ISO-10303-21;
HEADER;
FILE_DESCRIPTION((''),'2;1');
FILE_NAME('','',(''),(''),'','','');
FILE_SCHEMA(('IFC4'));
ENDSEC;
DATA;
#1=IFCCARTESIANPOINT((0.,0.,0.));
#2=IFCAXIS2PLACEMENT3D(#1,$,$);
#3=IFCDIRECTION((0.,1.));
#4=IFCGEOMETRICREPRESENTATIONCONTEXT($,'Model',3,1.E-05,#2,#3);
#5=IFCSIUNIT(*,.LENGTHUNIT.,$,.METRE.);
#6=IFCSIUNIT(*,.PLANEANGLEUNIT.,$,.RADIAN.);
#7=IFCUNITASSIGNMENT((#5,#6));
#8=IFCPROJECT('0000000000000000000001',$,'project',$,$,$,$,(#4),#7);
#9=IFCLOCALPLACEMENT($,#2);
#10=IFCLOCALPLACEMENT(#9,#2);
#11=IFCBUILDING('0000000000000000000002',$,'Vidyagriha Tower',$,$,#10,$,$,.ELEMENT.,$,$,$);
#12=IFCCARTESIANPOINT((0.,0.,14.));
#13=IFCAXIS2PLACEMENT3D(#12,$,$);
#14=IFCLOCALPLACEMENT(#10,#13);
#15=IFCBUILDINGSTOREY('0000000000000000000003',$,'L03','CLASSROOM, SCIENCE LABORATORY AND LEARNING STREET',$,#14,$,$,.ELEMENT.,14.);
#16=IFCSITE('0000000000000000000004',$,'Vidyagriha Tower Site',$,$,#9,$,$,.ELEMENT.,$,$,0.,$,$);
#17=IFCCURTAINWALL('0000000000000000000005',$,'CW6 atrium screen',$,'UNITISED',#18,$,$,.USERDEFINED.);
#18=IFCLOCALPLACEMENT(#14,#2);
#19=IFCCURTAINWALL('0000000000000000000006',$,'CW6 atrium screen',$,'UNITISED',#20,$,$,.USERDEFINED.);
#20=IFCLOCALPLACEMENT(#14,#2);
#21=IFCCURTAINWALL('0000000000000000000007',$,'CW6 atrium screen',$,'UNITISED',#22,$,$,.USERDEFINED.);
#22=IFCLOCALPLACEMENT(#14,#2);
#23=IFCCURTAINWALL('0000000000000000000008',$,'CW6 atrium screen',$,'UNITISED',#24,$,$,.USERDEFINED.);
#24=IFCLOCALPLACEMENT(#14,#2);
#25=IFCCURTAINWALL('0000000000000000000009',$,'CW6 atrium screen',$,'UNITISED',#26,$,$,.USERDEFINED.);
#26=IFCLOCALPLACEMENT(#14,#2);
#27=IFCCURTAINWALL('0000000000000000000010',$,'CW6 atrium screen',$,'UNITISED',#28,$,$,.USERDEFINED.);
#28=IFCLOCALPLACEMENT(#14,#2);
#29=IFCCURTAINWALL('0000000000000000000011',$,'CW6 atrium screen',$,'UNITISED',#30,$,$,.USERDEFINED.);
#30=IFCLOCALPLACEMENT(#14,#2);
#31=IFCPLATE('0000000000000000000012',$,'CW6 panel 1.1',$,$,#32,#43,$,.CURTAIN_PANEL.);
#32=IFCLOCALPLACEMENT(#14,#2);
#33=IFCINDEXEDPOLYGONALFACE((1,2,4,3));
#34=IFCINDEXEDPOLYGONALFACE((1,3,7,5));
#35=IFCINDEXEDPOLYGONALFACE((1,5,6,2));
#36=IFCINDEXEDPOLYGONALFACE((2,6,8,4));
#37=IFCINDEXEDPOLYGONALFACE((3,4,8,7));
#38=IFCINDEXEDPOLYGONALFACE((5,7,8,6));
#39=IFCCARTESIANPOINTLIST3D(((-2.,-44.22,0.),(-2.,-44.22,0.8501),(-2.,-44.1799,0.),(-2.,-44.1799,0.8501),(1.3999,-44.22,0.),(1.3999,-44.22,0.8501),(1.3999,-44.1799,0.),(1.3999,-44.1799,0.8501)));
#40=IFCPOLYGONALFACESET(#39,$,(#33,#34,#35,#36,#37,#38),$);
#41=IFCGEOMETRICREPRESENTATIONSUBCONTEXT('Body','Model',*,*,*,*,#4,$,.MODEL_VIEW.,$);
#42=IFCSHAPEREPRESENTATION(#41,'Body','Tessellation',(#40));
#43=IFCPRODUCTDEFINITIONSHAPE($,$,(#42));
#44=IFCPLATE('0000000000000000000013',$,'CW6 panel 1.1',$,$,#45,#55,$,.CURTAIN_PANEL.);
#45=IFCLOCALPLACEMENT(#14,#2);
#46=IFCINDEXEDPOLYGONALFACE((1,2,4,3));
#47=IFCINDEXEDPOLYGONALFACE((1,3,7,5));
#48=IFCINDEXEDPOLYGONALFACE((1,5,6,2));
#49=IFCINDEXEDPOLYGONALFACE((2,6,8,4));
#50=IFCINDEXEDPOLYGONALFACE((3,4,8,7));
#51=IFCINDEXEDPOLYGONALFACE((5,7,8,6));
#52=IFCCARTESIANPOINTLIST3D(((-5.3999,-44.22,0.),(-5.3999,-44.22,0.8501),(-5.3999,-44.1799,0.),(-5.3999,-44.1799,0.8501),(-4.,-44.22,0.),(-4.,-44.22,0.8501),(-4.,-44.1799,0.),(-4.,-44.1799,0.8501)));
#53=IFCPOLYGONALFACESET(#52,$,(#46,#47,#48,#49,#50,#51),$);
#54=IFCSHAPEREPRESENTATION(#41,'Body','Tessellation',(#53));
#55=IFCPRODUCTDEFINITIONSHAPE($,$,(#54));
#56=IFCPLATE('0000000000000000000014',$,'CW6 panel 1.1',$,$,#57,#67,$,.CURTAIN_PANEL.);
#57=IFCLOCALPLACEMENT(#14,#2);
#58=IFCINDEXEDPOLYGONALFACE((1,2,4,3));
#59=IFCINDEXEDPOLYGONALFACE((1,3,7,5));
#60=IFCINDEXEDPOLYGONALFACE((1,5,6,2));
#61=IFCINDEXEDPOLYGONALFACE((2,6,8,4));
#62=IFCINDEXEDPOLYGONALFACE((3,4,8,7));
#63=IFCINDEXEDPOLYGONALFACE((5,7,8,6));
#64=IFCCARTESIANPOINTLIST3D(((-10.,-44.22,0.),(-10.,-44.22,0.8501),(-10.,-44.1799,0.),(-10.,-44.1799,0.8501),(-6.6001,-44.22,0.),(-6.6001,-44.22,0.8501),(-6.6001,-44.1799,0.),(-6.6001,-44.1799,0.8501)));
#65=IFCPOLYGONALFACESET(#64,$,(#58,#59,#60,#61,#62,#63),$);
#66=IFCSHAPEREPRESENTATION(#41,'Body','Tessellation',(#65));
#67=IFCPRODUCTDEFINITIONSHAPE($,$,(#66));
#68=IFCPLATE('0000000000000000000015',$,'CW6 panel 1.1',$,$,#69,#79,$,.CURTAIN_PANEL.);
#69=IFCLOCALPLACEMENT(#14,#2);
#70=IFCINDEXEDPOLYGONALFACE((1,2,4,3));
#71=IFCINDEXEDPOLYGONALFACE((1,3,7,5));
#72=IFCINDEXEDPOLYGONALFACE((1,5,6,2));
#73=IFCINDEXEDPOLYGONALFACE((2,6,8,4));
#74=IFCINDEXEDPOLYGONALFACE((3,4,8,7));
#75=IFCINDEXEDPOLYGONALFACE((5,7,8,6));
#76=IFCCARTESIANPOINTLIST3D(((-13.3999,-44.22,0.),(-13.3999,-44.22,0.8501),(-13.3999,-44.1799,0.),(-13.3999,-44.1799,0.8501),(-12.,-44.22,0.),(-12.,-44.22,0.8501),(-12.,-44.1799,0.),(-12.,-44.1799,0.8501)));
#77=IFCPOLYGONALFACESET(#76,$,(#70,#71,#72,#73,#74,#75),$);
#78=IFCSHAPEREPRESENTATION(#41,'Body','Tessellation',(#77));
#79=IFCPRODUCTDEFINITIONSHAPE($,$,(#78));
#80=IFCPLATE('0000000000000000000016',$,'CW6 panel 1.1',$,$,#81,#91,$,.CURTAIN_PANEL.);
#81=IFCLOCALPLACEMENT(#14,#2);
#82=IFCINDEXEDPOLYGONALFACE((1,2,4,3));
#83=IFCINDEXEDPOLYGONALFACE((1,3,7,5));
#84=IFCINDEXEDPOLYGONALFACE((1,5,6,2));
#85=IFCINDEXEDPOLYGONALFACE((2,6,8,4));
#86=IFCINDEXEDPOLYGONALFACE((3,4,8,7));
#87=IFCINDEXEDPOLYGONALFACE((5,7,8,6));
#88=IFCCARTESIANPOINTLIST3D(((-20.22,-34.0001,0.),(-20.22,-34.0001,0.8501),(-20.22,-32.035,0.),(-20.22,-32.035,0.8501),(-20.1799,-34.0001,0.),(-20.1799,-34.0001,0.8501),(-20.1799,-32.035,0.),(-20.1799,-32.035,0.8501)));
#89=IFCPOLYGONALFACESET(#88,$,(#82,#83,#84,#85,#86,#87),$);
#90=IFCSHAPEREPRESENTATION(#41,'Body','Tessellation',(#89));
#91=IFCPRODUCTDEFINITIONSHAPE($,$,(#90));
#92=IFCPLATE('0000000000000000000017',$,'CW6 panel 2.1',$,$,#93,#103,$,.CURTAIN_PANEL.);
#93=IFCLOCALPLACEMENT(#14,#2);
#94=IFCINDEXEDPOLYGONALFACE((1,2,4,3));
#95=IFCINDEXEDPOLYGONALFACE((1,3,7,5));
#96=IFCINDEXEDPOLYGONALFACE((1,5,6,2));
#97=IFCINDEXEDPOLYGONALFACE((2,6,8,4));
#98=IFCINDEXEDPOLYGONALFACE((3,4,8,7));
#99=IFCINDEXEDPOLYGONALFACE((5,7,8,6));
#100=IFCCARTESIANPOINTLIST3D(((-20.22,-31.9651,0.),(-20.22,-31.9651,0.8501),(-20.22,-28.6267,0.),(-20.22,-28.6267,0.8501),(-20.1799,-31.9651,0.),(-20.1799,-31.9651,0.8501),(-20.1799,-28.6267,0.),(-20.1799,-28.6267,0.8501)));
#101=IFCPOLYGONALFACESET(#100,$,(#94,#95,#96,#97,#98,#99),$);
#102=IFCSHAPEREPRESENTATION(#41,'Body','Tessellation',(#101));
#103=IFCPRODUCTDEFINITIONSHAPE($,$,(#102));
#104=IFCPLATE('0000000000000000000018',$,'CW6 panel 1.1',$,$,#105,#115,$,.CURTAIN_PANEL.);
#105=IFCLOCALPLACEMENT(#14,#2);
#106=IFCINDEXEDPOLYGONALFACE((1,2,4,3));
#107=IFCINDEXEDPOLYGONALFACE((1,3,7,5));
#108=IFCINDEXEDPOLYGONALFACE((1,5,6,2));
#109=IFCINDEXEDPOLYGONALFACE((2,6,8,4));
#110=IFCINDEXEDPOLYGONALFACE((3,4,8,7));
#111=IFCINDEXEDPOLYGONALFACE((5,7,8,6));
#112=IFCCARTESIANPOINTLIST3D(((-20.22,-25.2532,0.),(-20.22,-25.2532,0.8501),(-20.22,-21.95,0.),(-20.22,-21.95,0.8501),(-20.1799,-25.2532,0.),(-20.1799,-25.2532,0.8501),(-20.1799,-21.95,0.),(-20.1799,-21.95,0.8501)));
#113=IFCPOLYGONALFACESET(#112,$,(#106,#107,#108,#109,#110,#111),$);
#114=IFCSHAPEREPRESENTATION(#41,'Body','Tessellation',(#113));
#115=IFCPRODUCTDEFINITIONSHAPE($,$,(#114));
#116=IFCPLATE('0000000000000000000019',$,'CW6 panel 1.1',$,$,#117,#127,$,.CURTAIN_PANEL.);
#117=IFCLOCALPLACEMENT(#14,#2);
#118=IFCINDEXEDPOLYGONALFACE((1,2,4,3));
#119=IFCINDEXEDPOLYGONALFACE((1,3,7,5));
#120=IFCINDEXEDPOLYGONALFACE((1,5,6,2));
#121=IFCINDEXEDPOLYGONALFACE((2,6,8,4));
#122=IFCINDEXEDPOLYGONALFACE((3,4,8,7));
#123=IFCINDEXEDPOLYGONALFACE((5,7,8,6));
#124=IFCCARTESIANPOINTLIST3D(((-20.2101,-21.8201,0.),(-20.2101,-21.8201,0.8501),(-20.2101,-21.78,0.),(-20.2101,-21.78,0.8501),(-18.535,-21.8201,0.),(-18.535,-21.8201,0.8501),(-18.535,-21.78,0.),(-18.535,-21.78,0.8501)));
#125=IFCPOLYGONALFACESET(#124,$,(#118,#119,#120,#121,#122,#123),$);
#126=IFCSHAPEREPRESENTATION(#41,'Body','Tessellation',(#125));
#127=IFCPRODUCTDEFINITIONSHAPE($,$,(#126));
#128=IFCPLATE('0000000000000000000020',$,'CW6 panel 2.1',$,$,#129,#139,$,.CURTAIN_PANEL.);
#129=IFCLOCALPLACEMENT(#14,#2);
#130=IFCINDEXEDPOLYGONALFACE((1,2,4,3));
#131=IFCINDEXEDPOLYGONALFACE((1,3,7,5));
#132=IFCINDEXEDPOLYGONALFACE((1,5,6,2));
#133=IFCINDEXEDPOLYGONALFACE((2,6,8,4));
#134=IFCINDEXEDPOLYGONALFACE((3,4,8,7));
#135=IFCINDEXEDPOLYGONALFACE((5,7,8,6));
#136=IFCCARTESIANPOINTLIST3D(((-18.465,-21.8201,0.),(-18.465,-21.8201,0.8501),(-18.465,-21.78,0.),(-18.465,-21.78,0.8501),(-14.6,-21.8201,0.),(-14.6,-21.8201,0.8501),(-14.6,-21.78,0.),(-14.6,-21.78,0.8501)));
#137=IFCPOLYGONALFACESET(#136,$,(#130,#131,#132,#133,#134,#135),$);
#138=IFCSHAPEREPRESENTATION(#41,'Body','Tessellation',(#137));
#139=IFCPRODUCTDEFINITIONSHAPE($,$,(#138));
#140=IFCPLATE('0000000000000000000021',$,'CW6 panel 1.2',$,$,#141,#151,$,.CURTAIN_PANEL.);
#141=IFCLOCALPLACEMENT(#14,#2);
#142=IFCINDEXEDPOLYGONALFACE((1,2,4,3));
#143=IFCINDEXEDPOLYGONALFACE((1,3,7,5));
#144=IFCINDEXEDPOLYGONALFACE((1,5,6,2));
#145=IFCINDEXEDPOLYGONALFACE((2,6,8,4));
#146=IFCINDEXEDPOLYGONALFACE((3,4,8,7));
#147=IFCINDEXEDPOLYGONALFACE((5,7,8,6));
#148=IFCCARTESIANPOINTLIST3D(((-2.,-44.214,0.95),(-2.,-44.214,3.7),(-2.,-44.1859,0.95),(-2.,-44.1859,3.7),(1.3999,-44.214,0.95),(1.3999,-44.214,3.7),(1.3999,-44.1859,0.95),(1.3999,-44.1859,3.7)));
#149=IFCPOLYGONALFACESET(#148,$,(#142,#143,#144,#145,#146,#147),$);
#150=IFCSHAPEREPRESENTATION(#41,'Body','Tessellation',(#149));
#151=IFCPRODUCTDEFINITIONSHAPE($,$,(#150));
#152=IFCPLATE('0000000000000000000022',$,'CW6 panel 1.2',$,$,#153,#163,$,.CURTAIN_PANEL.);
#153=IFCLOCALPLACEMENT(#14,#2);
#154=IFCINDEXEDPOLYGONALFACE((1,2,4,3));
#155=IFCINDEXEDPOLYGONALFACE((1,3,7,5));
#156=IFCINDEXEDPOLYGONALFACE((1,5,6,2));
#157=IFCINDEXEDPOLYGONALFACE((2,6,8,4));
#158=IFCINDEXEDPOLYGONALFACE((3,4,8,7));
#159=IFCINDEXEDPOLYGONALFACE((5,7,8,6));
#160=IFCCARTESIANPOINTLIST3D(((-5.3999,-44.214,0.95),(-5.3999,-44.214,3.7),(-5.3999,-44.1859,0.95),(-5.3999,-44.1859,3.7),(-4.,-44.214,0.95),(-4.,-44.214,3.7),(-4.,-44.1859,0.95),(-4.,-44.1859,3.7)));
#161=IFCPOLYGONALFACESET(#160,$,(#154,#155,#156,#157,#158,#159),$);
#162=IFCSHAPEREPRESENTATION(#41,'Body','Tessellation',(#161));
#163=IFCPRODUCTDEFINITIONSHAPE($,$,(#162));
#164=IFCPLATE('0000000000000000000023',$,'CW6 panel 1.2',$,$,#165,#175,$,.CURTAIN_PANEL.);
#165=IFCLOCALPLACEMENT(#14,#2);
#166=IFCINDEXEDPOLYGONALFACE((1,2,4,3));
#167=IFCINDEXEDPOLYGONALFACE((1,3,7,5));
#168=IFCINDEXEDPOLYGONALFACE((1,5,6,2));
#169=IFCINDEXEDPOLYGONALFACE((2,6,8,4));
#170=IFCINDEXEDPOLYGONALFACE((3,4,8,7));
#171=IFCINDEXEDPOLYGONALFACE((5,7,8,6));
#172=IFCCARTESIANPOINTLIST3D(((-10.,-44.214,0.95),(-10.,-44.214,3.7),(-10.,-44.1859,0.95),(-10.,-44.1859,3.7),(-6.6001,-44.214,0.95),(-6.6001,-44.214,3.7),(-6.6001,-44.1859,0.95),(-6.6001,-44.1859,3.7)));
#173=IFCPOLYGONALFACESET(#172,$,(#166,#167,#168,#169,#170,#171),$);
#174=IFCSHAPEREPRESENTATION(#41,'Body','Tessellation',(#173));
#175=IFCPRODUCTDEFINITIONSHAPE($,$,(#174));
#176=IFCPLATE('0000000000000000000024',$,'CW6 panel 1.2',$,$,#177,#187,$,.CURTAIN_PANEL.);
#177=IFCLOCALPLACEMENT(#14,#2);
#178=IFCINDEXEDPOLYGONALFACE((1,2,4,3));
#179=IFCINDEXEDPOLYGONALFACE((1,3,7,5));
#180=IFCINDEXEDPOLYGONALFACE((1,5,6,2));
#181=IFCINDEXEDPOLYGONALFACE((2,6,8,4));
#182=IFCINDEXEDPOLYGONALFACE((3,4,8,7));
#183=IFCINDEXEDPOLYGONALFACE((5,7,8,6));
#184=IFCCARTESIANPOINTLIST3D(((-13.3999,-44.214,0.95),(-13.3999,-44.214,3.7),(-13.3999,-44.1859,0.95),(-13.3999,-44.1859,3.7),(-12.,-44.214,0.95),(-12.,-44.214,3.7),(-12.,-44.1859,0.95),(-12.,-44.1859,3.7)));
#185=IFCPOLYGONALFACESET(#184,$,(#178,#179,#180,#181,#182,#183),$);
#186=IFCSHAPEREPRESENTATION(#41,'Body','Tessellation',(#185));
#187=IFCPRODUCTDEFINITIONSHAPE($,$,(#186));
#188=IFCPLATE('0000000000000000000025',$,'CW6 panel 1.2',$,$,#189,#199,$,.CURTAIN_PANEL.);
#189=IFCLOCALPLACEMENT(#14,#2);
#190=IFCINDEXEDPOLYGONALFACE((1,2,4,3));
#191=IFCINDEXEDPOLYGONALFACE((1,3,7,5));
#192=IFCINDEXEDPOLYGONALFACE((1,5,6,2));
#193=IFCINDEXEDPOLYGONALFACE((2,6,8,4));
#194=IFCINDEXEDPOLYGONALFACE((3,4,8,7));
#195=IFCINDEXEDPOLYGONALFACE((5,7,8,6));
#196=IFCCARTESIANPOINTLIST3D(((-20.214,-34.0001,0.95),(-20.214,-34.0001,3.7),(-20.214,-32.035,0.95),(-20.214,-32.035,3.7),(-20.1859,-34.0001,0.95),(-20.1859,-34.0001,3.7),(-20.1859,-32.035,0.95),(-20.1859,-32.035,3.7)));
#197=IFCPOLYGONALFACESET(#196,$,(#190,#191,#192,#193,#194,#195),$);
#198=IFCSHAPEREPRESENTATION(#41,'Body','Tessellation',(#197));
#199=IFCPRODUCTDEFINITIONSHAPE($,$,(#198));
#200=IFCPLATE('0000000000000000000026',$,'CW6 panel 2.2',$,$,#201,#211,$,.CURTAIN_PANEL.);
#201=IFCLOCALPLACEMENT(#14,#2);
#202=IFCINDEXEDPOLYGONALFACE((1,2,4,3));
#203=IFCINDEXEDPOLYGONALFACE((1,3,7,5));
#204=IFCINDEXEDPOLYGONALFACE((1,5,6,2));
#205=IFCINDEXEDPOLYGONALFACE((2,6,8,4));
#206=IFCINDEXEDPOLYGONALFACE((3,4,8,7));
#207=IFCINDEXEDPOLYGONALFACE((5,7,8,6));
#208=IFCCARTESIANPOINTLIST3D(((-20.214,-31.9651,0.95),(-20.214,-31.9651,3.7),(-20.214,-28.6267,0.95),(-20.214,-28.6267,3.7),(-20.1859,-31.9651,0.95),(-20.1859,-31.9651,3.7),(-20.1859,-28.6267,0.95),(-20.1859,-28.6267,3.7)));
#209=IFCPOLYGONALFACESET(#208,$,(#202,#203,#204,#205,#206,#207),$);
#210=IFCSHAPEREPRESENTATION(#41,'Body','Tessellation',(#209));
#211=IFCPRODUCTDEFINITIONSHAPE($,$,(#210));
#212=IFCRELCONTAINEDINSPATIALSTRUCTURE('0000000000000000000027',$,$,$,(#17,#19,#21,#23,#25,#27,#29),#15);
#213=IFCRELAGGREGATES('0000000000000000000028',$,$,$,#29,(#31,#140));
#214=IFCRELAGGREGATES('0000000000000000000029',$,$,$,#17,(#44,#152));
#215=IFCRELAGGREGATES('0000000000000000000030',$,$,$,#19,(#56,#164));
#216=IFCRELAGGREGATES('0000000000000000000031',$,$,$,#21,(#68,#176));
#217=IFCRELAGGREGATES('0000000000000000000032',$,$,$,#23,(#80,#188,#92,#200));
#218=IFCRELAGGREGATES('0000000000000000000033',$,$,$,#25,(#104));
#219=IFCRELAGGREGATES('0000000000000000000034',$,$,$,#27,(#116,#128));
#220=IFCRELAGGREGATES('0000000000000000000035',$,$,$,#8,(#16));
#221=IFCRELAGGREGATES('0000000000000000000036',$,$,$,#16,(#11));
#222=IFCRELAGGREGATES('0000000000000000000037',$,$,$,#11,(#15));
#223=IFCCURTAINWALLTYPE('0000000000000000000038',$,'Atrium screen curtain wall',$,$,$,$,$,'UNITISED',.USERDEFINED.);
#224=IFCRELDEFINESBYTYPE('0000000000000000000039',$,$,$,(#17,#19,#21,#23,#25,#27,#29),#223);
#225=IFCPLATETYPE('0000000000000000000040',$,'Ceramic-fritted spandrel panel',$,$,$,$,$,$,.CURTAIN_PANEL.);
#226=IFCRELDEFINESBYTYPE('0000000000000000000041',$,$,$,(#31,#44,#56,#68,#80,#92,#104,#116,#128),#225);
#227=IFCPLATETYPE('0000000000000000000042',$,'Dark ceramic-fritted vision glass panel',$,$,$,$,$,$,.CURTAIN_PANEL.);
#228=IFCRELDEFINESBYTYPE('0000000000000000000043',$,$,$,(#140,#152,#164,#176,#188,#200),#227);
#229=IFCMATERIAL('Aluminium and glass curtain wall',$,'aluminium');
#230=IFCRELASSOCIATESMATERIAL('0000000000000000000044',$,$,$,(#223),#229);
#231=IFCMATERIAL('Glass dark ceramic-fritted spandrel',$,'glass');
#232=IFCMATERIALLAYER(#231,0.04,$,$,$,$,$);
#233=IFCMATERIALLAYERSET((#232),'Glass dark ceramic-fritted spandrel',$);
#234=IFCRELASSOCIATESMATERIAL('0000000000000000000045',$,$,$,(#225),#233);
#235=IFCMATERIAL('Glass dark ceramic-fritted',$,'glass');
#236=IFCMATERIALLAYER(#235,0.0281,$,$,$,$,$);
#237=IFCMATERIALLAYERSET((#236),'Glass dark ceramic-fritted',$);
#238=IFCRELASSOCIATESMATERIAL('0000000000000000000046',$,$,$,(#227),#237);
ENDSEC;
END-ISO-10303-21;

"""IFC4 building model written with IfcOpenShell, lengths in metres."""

from ifc_helpers import new_model, si_unit, direction, frame, origin, origin_2d, place, context, subcontext, project, spatial, rectangle, extrude, material, layer, layer_set, type_object, element, aggregate, save


model = new_model("IFC4")

# Units and contexts
model_context = context("Model", 3, precision=1e-05, world=origin(), true_north=direction((0.0, 1.0)))
body_context = subcontext(model_context, "Body", "Model", "MODEL_VIEW")
ifc_project = project(units=[si_unit("LENGTHUNIT", "METRE"), si_unit("PLANEANGLEUNIT", "RADIAN")], contexts=[model_context])

# Site, building, storey
site_placement = place(None, origin())
site = spatial("IfcSite", under=ifc_project, at=site_placement, Name="Vidyagriha Tower Site", CompositionType="ELEMENT", RefElevation=0.0)
building_placement = place(site_placement, origin())
building = spatial("IfcBuilding", under=site, at=building_placement, Name="Vidyagriha Tower", CompositionType="ELEMENT")
storey_placement = place(building_placement, frame((0.0, 0.0, 14.0)))
storey = spatial("IfcBuildingStorey", under=building, at=storey_placement, Name="L03", Description="CLASSROOM, SCIENCE LABORATORY AND LEARNING STREET", CompositionType="ELEMENT", Elevation=14.0)

# Curtain walls
ifc_material_1 = material(Name="Aluminium and glass curtain wall", Category="aluminium")
curtain_wall_type = type_object("IfcCurtainWallType", Name="Atrium screen curtain wall", ElementType="UNITISED", PredefinedType="USERDEFINED", material=ifc_material_1)
curtain_wall_1_placement = place(storey_placement, origin())
curtain_wall_1 = element("IfcCurtainWall", 1, at=curtain_wall_1_placement, inside=storey, type_object=curtain_wall_type, Name="CW6 atrium screen", ObjectType="UNITISED", PredefinedType="USERDEFINED")
curtain_wall_2_placement = place(storey_placement, origin())
curtain_wall_2 = element("IfcCurtainWall", 2, at=curtain_wall_2_placement, inside=storey, type_object=curtain_wall_type, Name="CW6 atrium screen", ObjectType="UNITISED", PredefinedType="USERDEFINED")
curtain_wall_3_placement = place(storey_placement, origin())
curtain_wall_3 = element("IfcCurtainWall", 3, at=curtain_wall_3_placement, inside=storey, type_object=curtain_wall_type, Name="CW6 atrium screen", ObjectType="UNITISED", PredefinedType="USERDEFINED")
curtain_wall_4_placement = place(storey_placement, origin())
curtain_wall_4 = element("IfcCurtainWall", 4, at=curtain_wall_4_placement, inside=storey, type_object=curtain_wall_type, Name="CW6 atrium screen", ObjectType="UNITISED", PredefinedType="USERDEFINED")
curtain_wall_5_placement = place(storey_placement, origin())
curtain_wall_5 = element("IfcCurtainWall", 5, at=curtain_wall_5_placement, inside=storey, type_object=curtain_wall_type, Name="CW6 atrium screen", ObjectType="UNITISED", PredefinedType="USERDEFINED")

# Curtain wall
curtain_wall_6_placement = place(storey_placement, origin())
curtain_wall_6 = element("IfcCurtainWall", 6, at=curtain_wall_6_placement, inside=storey, type_object=curtain_wall_type, Name="CW6 atrium screen", ObjectType="UNITISED", PredefinedType="USERDEFINED")

# Curtain wall, plate
curtain_wall_7_placement = place(storey_placement, origin())
curtain_wall_7 = element("IfcCurtainWall", 7, at=curtain_wall_7_placement, inside=storey, type_object=curtain_wall_type, Name="CW6 atrium screen", ObjectType="UNITISED", PredefinedType="USERDEFINED")
ifc_material_2 = material(Name="Glass dark ceramic-fritted spandrel", Category="glass")
ifc_layer_1 = layer(ifc_material_2, 0.04)
ifc_layer_set_1 = layer_set([ifc_layer_1], Name="Glass dark ceramic-fritted spandrel")
plate_type_1 = type_object("IfcPlateType", Name="Ceramic-fritted spandrel panel", PredefinedType="CURTAIN_PANEL", material=ifc_layer_set_1)
plate_1_placement = place(storey_placement, frame((-0.3, -44.2, 0.0), z_axis=(0.0, 0.0, 1.0), x_axis=(-1.0, 0.0, 0.0)))
plate_1 = element("IfcPlate", 8, at=plate_1_placement, type_object=plate_type_1, Name="CW6 panel 1.1", PredefinedType="CURTAIN_PANEL", context=body_context, shape_type="SweptSolid", body=[
    extrude(rectangle(XDim=3.3999, YDim=0.04, at=origin_2d()), origin(), (0.0, 0.0, 1.0), 0.8501),
])

# Plates
plate_2_placement = place(storey_placement, frame((-4.7, -44.2, 0.0), z_axis=(0.0, 0.0, 1.0), x_axis=(-1.0, 0.0, 0.0)))
plate_2 = element("IfcPlate", 9, at=plate_2_placement, type_object=plate_type_1, Name="CW6 panel 1.1", PredefinedType="CURTAIN_PANEL", context=body_context, shape_type="SweptSolid", body=[
    extrude(rectangle(XDim=1.3999, YDim=0.04, at=origin_2d()), origin(), (0.0, 0.0, 1.0), 0.8501),
])
plate_3_placement = place(storey_placement, frame((-8.3, -44.2, 0.0), z_axis=(0.0, 0.0, 1.0), x_axis=(-1.0, 0.0, 0.0)))
plate_3 = element("IfcPlate", 10, at=plate_3_placement, type_object=plate_type_1, Name="CW6 panel 1.1", PredefinedType="CURTAIN_PANEL", context=body_context, shape_type="SweptSolid", body=[
    extrude(rectangle(XDim=3.3999, YDim=0.04, at=origin_2d()), origin(), (0.0, 0.0, 1.0), 0.8501),
])
plate_4_placement = place(storey_placement, frame((-12.7, -44.2, 0.0), z_axis=(0.0, 0.0, 1.0), x_axis=(-1.0, 0.0, 0.0)))
plate_4 = element("IfcPlate", 11, at=plate_4_placement, type_object=plate_type_1, Name="CW6 panel 1.1", PredefinedType="CURTAIN_PANEL", context=body_context, shape_type="SweptSolid", body=[
    extrude(rectangle(XDim=1.3999, YDim=0.04, at=origin_2d()), origin(), (0.0, 0.0, 1.0), 0.8501),
])
plate_5_placement = place(storey_placement, frame((-20.2, -33.0176, 0.0), z_axis=(0.0, 0.0, 1.0), x_axis=(0.0, 1.0, 0.0)))
plate_5 = element("IfcPlate", 12, at=plate_5_placement, type_object=plate_type_1, Name="CW6 panel 1.1", PredefinedType="CURTAIN_PANEL", context=body_context, shape_type="SweptSolid", body=[
    extrude(rectangle(XDim=1.9651, YDim=0.04, at=origin_2d()), origin(), (0.0, 0.0, 1.0), 0.8501),
])
plate_6_placement = place(storey_placement, frame((-20.2, -30.2959, 0.0), z_axis=(0.0, 0.0, 1.0), x_axis=(0.0, 1.0, 0.0)))
plate_6 = element("IfcPlate", 13, at=plate_6_placement, type_object=plate_type_1, Name="CW6 panel 2.1", PredefinedType="CURTAIN_PANEL", context=body_context, shape_type="SweptSolid", body=[
    extrude(rectangle(XDim=3.3384, YDim=0.04, at=origin_2d()), origin(), (0.0, 0.0, 1.0), 0.8501),
])
plate_7_placement = place(storey_placement, frame((-20.2, -23.6016, 0.0), z_axis=(0.0, 0.0, 1.0), x_axis=(0.0, 1.0, 0.0)))
plate_7 = element("IfcPlate", 14, at=plate_7_placement, type_object=plate_type_1, Name="CW6 panel 1.1", PredefinedType="CURTAIN_PANEL", context=body_context, shape_type="SweptSolid", body=[
    extrude(rectangle(XDim=3.3032, YDim=0.04, at=origin_2d()), origin(), (0.0, 0.0, 1.0), 0.8501),
])
plate_8_placement = place(storey_placement, frame((-19.3726, -21.8, 0.0)))
plate_8 = element("IfcPlate", 15, at=plate_8_placement, type_object=plate_type_1, Name="CW6 panel 1.1", PredefinedType="CURTAIN_PANEL", context=body_context, shape_type="SweptSolid", body=[
    extrude(rectangle(XDim=1.675, YDim=0.04, at=origin_2d()), origin(), (0.0, 0.0, 1.0), 0.8501),
])
plate_9_placement = place(storey_placement, frame((-16.5325, -21.8, 0.0)))
plate_9 = element("IfcPlate", 16, at=plate_9_placement, type_object=plate_type_1, Name="CW6 panel 2.1", PredefinedType="CURTAIN_PANEL", context=body_context, shape_type="SweptSolid", body=[
    extrude(rectangle(XDim=3.865, YDim=0.04, at=origin_2d()), origin(), (0.0, 0.0, 1.0), 0.8501),
])
ifc_material_3 = material(Name="Glass dark ceramic-fritted", Category="glass")
ifc_layer_2 = layer(ifc_material_3, 0.0281)
ifc_layer_set_2 = layer_set([ifc_layer_2], Name="Glass dark ceramic-fritted")
plate_type_2 = type_object("IfcPlateType", Name="Dark ceramic-fritted vision glass panel", PredefinedType="CURTAIN_PANEL", material=ifc_layer_set_2)
plate_10_placement = place(storey_placement, frame((-0.3, -44.2, 0.95), z_axis=(0.0, 0.0, 1.0), x_axis=(-1.0, 0.0, 0.0)))
plate_10 = element("IfcPlate", 17, at=plate_10_placement, type_object=plate_type_2, Name="CW6 panel 1.2", PredefinedType="CURTAIN_PANEL", context=body_context, shape_type="SweptSolid", body=[
    extrude(rectangle(XDim=3.3999, YDim=0.0281, at=origin_2d()), origin(), (0.0, 0.0, 1.0), 2.75),
])
aggregate(curtain_wall_7, [plate_1, plate_10])
plate_11_placement = place(storey_placement, frame((-4.7, -44.2, 0.95), z_axis=(0.0, 0.0, 1.0), x_axis=(-1.0, 0.0, 0.0)))
plate_11 = element("IfcPlate", 18, at=plate_11_placement, type_object=plate_type_2, Name="CW6 panel 1.2", PredefinedType="CURTAIN_PANEL", context=body_context, shape_type="SweptSolid", body=[
    extrude(rectangle(XDim=1.3999, YDim=0.0281, at=origin_2d()), origin(), (0.0, 0.0, 1.0), 2.75),
])
aggregate(curtain_wall_1, [plate_2, plate_11])
plate_12_placement = place(storey_placement, frame((-8.3, -44.2, 0.95), z_axis=(0.0, 0.0, 1.0), x_axis=(-1.0, 0.0, 0.0)))
plate_12 = element("IfcPlate", 19, at=plate_12_placement, type_object=plate_type_2, Name="CW6 panel 1.2", PredefinedType="CURTAIN_PANEL", context=body_context, shape_type="SweptSolid", body=[
    extrude(rectangle(XDim=3.3999, YDim=0.0281, at=origin_2d()), origin(), (0.0, 0.0, 1.0), 2.75),
])
aggregate(curtain_wall_2, [plate_3, plate_12])
plate_13_placement = place(storey_placement, frame((-12.7, -44.2, 0.95), z_axis=(0.0, 0.0, 1.0), x_axis=(-1.0, 0.0, 0.0)))
plate_13 = element("IfcPlate", 20, at=plate_13_placement, type_object=plate_type_2, Name="CW6 panel 1.2", PredefinedType="CURTAIN_PANEL", context=body_context, shape_type="SweptSolid", body=[
    extrude(rectangle(XDim=1.3999, YDim=0.0281, at=origin_2d()), origin(), (0.0, 0.0, 1.0), 2.75),
])
aggregate(curtain_wall_3, [plate_4, plate_13])
plate_14_placement = place(storey_placement, frame((-20.2, -33.0176, 0.95), z_axis=(0.0, 0.0, 1.0), x_axis=(0.0, 1.0, 0.0)))
plate_14 = element("IfcPlate", 21, at=plate_14_placement, type_object=plate_type_2, Name="CW6 panel 1.2", PredefinedType="CURTAIN_PANEL", context=body_context, shape_type="SweptSolid", body=[
    extrude(rectangle(XDim=1.9651, YDim=0.0281, at=origin_2d()), origin(), (0.0, 0.0, 1.0), 2.75),
])
plate_15_placement = place(storey_placement, frame((-20.2, -30.2959, 0.95), z_axis=(0.0, 0.0, 1.0), x_axis=(0.0, 1.0, 0.0)))
plate_15 = element("IfcPlate", 22, at=plate_15_placement, type_object=plate_type_2, Name="CW6 panel 2.2", PredefinedType="CURTAIN_PANEL", context=body_context, shape_type="SweptSolid", body=[
    extrude(rectangle(XDim=3.3384, YDim=0.0281, at=origin_2d()), origin(), (0.0, 0.0, 1.0), 2.75),
])
aggregate(curtain_wall_4, [plate_5, plate_14, plate_6, plate_15])
aggregate(curtain_wall_5, [plate_7])
aggregate(curtain_wall_6, [plate_8, plate_9])

save(model, "model.ifc")
